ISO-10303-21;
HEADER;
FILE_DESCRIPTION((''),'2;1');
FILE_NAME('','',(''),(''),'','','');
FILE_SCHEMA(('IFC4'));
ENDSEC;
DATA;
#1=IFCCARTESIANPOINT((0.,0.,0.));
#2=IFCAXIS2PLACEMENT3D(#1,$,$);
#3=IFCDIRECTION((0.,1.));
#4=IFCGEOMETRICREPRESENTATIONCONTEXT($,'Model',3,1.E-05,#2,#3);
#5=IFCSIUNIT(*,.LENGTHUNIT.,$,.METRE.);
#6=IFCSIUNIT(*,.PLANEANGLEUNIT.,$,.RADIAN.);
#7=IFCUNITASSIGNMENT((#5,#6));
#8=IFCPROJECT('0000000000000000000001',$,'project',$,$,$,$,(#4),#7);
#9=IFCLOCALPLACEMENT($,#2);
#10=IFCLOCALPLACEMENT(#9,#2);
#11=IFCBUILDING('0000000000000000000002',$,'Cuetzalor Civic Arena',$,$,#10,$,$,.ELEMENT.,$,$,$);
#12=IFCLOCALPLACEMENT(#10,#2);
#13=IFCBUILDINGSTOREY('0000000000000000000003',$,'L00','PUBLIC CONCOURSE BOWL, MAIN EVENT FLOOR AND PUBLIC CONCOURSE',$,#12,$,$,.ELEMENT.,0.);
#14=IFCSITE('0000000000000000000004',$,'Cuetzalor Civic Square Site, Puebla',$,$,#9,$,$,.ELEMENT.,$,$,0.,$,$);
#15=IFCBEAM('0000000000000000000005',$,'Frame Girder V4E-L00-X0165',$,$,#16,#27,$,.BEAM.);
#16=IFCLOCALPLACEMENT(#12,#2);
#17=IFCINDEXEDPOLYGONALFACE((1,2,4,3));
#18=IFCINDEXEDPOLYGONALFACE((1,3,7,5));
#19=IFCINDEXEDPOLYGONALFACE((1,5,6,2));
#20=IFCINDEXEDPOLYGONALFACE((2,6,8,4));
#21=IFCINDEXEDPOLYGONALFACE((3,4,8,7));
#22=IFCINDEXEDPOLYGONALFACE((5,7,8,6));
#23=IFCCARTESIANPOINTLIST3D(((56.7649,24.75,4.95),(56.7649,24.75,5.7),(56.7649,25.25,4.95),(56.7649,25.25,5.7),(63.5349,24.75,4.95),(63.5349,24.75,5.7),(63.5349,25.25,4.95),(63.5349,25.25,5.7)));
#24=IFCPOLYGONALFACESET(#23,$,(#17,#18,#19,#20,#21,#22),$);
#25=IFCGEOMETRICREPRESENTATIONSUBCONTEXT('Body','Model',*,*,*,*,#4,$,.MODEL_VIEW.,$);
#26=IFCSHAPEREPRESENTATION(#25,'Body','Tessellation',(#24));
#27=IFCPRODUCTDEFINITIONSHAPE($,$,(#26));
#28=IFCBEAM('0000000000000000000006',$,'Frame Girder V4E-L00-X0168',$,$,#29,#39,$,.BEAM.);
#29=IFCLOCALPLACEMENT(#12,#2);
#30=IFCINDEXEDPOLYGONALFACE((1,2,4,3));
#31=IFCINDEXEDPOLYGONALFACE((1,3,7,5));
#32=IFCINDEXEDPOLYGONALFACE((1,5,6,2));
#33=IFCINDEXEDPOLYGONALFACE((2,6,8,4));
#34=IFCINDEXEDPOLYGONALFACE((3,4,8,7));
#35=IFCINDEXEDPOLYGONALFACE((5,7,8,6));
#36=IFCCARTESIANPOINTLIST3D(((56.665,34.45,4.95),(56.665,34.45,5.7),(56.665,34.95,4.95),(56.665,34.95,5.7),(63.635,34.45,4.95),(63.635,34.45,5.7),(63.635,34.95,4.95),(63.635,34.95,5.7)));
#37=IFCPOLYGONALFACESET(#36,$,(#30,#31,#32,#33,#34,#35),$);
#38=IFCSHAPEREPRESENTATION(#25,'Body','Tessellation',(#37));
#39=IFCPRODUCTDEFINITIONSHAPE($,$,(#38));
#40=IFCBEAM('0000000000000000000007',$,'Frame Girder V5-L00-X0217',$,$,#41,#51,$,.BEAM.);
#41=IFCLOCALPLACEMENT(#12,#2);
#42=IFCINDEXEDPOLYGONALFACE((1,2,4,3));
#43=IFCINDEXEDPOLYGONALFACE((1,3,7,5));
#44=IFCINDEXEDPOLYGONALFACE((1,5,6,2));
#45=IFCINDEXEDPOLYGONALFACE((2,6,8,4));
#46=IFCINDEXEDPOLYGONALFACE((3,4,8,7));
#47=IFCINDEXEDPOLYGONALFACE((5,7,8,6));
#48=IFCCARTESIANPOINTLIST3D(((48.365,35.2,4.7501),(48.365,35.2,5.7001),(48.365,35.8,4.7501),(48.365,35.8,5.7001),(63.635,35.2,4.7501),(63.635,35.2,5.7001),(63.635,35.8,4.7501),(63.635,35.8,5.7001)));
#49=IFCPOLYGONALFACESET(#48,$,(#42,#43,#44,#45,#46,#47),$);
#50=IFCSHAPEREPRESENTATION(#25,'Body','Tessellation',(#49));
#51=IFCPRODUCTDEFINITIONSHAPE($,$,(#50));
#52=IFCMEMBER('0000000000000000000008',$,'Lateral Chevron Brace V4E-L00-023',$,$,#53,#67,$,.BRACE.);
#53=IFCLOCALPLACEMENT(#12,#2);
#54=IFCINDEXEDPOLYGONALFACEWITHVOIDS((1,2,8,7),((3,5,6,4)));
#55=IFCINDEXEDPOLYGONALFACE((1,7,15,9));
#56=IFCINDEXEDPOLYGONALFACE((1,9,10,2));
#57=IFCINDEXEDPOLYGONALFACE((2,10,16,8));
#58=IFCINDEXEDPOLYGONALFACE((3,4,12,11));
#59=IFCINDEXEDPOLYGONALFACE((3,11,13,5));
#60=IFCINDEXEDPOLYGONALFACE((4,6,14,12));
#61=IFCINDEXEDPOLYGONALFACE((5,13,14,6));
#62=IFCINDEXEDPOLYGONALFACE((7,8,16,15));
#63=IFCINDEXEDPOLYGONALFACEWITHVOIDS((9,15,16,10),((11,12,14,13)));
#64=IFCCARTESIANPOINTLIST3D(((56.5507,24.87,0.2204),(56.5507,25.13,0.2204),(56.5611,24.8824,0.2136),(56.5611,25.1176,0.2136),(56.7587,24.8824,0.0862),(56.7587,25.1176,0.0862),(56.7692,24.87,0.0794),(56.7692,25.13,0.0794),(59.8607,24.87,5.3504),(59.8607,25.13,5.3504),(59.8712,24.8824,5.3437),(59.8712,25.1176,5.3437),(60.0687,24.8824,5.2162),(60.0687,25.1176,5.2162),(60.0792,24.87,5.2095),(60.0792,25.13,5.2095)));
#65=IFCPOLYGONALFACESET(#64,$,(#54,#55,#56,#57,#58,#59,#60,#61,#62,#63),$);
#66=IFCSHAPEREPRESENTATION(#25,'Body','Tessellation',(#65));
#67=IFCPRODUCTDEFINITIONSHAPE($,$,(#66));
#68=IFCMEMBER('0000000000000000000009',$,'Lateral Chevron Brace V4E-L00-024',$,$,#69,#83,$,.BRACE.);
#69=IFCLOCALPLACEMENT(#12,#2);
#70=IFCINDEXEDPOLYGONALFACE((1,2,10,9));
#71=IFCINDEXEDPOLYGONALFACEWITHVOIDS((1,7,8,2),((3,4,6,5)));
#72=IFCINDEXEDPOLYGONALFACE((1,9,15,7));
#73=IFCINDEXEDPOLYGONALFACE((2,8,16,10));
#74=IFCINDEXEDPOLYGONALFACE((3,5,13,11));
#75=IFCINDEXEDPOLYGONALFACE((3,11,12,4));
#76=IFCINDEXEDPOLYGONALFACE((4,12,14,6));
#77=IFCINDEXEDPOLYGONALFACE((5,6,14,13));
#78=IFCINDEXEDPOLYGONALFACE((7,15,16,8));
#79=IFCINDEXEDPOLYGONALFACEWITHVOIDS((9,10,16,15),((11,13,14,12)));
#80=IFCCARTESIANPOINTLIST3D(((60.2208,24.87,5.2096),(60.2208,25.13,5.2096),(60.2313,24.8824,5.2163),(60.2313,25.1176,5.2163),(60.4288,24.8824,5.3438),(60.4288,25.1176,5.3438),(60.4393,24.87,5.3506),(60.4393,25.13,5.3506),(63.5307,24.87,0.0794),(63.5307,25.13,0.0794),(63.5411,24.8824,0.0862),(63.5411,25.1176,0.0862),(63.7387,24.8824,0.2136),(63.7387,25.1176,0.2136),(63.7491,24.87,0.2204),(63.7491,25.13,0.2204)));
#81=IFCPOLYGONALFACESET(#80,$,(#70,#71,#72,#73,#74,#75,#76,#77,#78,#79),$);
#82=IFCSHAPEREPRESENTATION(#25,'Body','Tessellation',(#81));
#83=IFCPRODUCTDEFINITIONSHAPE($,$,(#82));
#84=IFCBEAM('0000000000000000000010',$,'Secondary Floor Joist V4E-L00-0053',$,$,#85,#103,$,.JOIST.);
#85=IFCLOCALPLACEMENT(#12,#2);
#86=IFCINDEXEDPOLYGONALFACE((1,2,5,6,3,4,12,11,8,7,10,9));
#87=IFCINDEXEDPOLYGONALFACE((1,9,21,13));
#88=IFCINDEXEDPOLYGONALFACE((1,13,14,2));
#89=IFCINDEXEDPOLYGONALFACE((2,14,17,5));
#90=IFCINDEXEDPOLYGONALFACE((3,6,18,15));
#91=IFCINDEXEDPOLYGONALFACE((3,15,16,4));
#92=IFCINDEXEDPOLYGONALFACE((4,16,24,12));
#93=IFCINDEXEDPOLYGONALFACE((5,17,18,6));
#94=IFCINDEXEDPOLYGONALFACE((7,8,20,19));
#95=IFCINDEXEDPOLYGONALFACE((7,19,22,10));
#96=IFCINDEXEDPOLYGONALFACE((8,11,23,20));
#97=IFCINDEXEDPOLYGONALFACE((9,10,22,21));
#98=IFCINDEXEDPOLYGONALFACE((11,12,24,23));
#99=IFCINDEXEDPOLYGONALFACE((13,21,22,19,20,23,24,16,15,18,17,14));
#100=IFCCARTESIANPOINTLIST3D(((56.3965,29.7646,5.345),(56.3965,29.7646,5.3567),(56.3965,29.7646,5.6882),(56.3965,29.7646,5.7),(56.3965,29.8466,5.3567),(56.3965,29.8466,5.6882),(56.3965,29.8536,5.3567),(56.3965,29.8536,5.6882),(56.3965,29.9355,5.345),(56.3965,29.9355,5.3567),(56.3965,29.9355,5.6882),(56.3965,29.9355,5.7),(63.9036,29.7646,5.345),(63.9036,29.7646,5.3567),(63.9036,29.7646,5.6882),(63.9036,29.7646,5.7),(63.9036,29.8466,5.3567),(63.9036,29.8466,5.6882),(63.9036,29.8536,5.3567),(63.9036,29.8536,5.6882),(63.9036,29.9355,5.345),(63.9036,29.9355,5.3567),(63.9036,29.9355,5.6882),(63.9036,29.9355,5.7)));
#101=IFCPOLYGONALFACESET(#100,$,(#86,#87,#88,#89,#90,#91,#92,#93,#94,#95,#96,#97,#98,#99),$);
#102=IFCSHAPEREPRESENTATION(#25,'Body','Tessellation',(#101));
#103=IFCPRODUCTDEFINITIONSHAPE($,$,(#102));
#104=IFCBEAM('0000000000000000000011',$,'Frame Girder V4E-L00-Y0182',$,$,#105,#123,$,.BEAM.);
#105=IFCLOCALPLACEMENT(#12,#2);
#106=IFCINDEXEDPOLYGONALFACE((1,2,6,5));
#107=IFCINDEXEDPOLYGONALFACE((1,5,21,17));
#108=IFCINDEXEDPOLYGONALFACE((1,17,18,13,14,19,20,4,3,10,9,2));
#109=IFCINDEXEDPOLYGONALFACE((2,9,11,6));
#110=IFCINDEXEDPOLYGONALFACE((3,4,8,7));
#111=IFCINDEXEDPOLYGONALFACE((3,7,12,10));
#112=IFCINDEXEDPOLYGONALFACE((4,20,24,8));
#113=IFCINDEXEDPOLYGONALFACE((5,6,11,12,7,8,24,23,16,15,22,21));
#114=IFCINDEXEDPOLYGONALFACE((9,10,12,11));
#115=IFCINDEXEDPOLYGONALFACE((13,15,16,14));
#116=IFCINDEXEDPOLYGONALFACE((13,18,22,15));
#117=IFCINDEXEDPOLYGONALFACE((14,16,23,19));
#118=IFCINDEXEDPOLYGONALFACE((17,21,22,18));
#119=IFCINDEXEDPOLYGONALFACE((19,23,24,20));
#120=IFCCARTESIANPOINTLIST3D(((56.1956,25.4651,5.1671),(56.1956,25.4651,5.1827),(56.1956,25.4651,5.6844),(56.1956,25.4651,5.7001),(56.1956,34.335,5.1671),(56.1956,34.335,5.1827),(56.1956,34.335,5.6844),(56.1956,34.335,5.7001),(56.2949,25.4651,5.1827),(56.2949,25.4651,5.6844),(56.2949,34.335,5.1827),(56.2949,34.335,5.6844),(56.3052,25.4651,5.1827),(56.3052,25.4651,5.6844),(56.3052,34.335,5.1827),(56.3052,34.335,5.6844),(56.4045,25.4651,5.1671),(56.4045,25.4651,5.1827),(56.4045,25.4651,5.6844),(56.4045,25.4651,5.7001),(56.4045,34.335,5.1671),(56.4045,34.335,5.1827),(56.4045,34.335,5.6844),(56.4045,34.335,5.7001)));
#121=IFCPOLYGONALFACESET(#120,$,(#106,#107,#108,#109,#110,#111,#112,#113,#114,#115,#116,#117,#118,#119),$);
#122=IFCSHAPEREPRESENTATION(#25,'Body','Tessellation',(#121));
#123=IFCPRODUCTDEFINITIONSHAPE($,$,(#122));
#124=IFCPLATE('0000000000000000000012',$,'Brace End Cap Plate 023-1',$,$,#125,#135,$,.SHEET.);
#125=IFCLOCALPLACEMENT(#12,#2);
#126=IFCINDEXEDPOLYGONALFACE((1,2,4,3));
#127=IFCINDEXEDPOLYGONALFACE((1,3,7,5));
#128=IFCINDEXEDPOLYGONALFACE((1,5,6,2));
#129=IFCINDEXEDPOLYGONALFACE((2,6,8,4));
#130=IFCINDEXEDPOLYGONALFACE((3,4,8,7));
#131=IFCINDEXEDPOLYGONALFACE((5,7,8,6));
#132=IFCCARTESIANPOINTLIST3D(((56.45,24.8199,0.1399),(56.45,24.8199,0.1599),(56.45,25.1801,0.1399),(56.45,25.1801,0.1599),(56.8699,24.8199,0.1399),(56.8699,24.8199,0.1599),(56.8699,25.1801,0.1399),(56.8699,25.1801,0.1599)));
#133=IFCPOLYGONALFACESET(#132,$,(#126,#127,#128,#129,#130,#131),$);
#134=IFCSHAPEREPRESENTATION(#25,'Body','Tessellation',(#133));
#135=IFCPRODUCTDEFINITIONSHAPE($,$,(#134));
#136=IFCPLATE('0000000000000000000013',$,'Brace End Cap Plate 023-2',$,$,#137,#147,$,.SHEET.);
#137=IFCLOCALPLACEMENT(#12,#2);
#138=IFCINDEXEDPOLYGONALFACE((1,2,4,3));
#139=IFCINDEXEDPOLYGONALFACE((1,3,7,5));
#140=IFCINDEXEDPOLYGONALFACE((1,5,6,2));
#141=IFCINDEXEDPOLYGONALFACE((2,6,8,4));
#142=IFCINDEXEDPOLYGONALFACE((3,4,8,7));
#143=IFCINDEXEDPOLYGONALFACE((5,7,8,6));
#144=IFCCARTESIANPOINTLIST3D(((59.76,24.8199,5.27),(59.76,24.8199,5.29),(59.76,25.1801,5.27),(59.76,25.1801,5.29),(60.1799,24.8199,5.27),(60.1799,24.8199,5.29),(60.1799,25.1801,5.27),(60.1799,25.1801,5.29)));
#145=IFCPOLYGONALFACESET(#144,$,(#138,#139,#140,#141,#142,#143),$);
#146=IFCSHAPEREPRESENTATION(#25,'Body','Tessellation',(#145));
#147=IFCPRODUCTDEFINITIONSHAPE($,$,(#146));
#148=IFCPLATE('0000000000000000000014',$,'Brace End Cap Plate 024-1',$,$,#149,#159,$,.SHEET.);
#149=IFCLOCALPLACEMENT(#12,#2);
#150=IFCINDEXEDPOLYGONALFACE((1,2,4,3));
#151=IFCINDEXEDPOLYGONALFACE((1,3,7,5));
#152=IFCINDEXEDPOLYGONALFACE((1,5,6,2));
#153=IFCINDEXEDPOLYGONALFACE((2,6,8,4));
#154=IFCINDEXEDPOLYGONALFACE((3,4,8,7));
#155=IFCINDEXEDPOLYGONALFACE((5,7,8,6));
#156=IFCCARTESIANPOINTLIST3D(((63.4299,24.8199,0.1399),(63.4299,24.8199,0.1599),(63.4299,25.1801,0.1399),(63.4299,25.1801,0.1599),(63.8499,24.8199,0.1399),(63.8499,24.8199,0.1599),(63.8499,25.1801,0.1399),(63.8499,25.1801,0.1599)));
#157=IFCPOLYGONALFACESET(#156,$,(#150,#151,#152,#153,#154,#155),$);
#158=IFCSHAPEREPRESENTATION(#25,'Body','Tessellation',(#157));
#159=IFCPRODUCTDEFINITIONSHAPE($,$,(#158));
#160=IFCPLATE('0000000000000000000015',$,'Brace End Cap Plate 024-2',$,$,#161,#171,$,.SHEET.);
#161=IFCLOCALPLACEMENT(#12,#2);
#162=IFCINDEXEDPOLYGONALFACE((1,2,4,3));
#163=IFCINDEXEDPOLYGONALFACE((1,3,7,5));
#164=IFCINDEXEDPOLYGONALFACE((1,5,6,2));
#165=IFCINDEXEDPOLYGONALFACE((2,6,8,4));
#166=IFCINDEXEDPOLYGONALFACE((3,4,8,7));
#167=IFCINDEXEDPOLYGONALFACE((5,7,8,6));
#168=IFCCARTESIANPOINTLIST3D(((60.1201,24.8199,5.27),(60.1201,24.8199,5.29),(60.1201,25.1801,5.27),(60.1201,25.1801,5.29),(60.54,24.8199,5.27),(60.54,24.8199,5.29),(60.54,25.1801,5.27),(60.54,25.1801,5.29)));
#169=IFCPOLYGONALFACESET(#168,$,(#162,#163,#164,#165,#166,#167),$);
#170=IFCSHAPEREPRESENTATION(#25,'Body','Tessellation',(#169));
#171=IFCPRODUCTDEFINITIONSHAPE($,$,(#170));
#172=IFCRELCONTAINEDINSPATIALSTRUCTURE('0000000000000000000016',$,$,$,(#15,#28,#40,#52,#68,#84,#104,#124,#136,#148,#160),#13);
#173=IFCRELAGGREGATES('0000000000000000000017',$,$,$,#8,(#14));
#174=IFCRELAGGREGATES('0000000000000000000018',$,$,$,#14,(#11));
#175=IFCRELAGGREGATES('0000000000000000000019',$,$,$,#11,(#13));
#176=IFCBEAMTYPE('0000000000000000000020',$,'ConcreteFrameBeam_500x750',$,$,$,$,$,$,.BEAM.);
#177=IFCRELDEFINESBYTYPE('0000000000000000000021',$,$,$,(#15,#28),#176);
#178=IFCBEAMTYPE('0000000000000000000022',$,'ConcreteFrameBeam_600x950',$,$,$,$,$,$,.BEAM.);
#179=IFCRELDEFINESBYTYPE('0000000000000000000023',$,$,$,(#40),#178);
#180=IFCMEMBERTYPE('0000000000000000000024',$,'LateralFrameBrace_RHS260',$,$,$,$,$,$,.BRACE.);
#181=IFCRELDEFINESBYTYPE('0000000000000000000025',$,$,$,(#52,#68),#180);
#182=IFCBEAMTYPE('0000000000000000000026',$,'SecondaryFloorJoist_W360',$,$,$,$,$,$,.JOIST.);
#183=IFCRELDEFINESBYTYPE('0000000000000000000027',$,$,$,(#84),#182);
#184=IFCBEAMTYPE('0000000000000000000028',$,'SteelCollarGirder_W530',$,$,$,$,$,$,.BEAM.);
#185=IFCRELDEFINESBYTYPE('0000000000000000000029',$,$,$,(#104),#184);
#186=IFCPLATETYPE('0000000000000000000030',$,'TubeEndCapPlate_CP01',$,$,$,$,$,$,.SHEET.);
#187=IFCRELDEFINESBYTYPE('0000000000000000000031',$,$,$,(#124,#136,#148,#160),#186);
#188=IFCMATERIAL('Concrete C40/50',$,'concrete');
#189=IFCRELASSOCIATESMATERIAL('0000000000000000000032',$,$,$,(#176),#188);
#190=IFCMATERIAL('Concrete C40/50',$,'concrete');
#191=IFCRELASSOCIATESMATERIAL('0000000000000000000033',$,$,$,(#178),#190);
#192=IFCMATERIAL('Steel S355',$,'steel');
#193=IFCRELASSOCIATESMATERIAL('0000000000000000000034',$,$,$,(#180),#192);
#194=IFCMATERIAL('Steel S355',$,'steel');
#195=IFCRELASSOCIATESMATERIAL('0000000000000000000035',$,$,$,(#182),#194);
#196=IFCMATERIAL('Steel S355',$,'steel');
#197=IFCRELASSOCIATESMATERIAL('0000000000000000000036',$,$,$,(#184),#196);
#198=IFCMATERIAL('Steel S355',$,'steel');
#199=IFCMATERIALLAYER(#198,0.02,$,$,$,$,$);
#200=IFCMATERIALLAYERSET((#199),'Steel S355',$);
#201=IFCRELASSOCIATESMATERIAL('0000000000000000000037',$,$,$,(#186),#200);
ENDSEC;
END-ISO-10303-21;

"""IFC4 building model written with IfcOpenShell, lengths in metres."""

from ifc_helpers import new_model, si_unit, direction, frame, origin, origin_2d, place, context, subcontext, project, spatial, rectangle, hollow_rectangle, i_section, extrude, material, layer, layer_set, material_profile, profile_set, type_object, element, save


model = new_model("IFC4")

# Units and contexts
model_context = context("Model", 3, precision=1e-05, world=origin(), true_north=direction((0.0, 1.0)))
body_context = subcontext(model_context, "Body", "Model", "MODEL_VIEW")
ifc_project = project(units=[si_unit("LENGTHUNIT", "METRE"), si_unit("PLANEANGLEUNIT", "RADIAN")], contexts=[model_context])

# Site, building, storey
site_placement = place(None, origin())
site = spatial("IfcSite", under=ifc_project, at=site_placement, Name="Cuetzalor Civic Square Site, Puebla", CompositionType="ELEMENT", RefElevation=0.0)
building_placement = place(site_placement, origin())
building = spatial("IfcBuilding", under=site, at=building_placement, Name="Cuetzalor Civic Arena", CompositionType="ELEMENT")
storey_placement = place(building_placement, origin())
storey = spatial("IfcBuildingStorey", under=building, at=storey_placement, Name="L00", Description="PUBLIC CONCOURSE BOWL, MAIN EVENT FLOOR AND PUBLIC CONCOURSE", CompositionType="ELEMENT", Elevation=0.0)

# Beams
ifc_material_1 = material(Name="Concrete C40/50", Category="concrete")
ifc_material_profile_1 = material_profile(ifc_material_1, rectangle(XDim=0.5, YDim=0.75, at=origin_2d()), Name="RC 500x750")
ifc_profile_set_1 = profile_set([ifc_material_profile_1], Name="Concrete C40/50")
beam_type_1 = type_object("IfcBeamType", Name="ConcreteFrameBeam_500x750", PredefinedType="BEAM", material=ifc_profile_set_1)
beam_1_placement = place(storey_placement, frame((56.7649, 25.0, 5.325), z_axis=(1.0, 0.0, 0.0), x_axis=(0.0, 1.0, 0.0)))
element("IfcBeam", 1, at=beam_1_placement, inside=storey, type_object=beam_type_1, Name="Frame Girder V4E-L00-X0165", PredefinedType="BEAM", context=body_context, shape_type="SweptSolid", body=[
    extrude(rectangle(XDim=0.5, YDim=0.75, at=origin_2d()), origin(), (0.0, 0.0, 1.0), 6.77),
])
beam_2_placement = place(storey_placement, frame((56.665, 34.7, 5.325), z_axis=(1.0, 0.0, 0.0), x_axis=(0.0, 1.0, 0.0)))
element("IfcBeam", 2, at=beam_2_placement, inside=storey, type_object=beam_type_1, Name="Frame Girder V4E-L00-X0168", PredefinedType="BEAM", context=body_context, shape_type="SweptSolid", body=[
    extrude(rectangle(XDim=0.5, YDim=0.75, at=origin_2d()), origin(), (0.0, 0.0, 1.0), 6.97),
])
ifc_material_2 = material(Name="Concrete C40/50", Category="concrete")
ifc_material_profile_2 = material_profile(ifc_material_2, rectangle(XDim=0.6001, YDim=0.95, at=origin_2d()), Name="RC 600x950")
ifc_profile_set_2 = profile_set([ifc_material_profile_2], Name="Concrete C40/50")
beam_type_2 = type_object("IfcBeamType", Name="ConcreteFrameBeam_600x950", PredefinedType="BEAM", material=ifc_profile_set_2)
beam_3_placement = place(storey_placement, frame((48.365, 35.5, 5.2251), z_axis=(1.0, 0.0, 0.0), x_axis=(0.0, 1.0, 0.0)))
element("IfcBeam", 3, at=beam_3_placement, inside=storey, type_object=beam_type_2, Name="Frame Girder V5-L00-X0217", PredefinedType="BEAM", context=body_context, shape_type="SweptSolid", body=[
    extrude(rectangle(XDim=0.6001, YDim=0.95, at=origin_2d()), origin(), (0.0, 0.0, 1.0), 15.27),
])

# Members
ifc_material_3 = material(Name="Steel S355", Category="steel")
ifc_material_profile_3 = material_profile(ifc_material_3, hollow_rectangle(XDim=0.26, YDim=0.26, WallThickness=0.0125, at=origin_2d()), Name="RHS 260x260x12.5")
ifc_profile_set_3 = profile_set([ifc_material_profile_3], Name="Steel S355")
member_type = type_object("IfcMemberType", Name="LateralFrameBrace_RHS260", PredefinedType="BRACE", material=ifc_profile_set_3)
for number, where, z_axis, x_axis, name in (
    (4, (56.6599, 25.0, 0.1499), (0.542161, 0.0, 0.840274), (0.0, 1.0, 0.0), "Lateral Chevron Brace V4E-L00-023"),
    (5, (63.6399, 25.0, 0.1499), (-0.542133, 0.0, 0.840293), (0.0, -1.0, 0.0), "Lateral Chevron Brace V4E-L00-024"),
):
    element("IfcMember", number, at=place(storey_placement, frame(where, z_axis=z_axis, x_axis=x_axis)), inside=storey, type_object=member_type, Name=name, PredefinedType="BRACE", context=body_context, shape_type="SweptSolid", body=[
        extrude(hollow_rectangle(XDim=0.26, YDim=0.26, WallThickness=0.0125, at=origin_2d()), origin(), (0.0, 0.0, 1.0), 6.1052),
    ])

# Beams
ifc_material_4 = material(Name="Steel S355", Category="steel")
ifc_material_profile_4 = material_profile(ifc_material_4, i_section(OverallWidth=0.1709, OverallDepth=0.355, WebThickness=0.0071, FlangeThickness=0.0117, at=origin_2d()), Name="W360x51")
ifc_profile_set_4 = profile_set([ifc_material_profile_4], Name="Steel S355")
beam_type_3 = type_object("IfcBeamType", Name="SecondaryFloorJoist_W360", PredefinedType="JOIST", material=ifc_profile_set_4)
beam_4_placement = place(storey_placement, frame((56.3965, 29.8501, 5.5225), z_axis=(1.0, 0.0, 0.0), x_axis=(0.0, 1.0, 0.0)))
element("IfcBeam", 6, at=beam_4_placement, inside=storey, type_object=beam_type_3, Name="Secondary Floor Joist V4E-L00-0053", PredefinedType="JOIST", context=body_context, shape_type="SweptSolid", body=[
    extrude(i_section(OverallWidth=0.1709, OverallDepth=0.355, WebThickness=0.0071, FlangeThickness=0.0117, at=origin_2d()), origin(), (0.0, 0.0, 1.0), 7.5071),
])
ifc_material_5 = material(Name="Steel S355", Category="steel")
ifc_material_profile_5 = material_profile(ifc_material_5, i_section(OverallWidth=0.209, OverallDepth=0.533, WebThickness=0.0103, FlangeThickness=0.0156, at=origin_2d()), Name="W530x92")
ifc_profile_set_5 = profile_set([ifc_material_profile_5], Name="Steel S355")
beam_type_4 = type_object("IfcBeamType", Name="SteelCollarGirder_W530", PredefinedType="BEAM", material=ifc_profile_set_5)
beam_5_placement = place(storey_placement, frame((56.3, 25.4651, 5.4336), z_axis=(0.0, 1.0, 0.0), x_axis=(-1.0, 0.0, 0.0)))
element("IfcBeam", 7, at=beam_5_placement, inside=storey, type_object=beam_type_4, Name="Frame Girder V4E-L00-Y0182", PredefinedType="BEAM", context=body_context, shape_type="SweptSolid", body=[
    extrude(i_section(OverallWidth=0.209, OverallDepth=0.533, WebThickness=0.0103, FlangeThickness=0.0156, at=origin_2d()), origin(), (0.0, 0.0, 1.0), 8.8699),
])

# Plates
ifc_material_6 = material(Name="Steel S355", Category="steel")
ifc_layer = layer(ifc_material_6, 0.02)
ifc_layer_set = layer_set([ifc_layer], Name="Steel S355")
plate_type = type_object("IfcPlateType", Name="TubeEndCapPlate_CP01", PredefinedType="SHEET", material=ifc_layer_set)
for number, where, z_axis, x_axis, name in (
    (8, (56.6599, 25.0, 0.1399), (0.0, 0.0, 1.0), (1.0, 0.0, 0.0), "Brace End Cap Plate 023-1"),
    (9, (59.97, 25.0, 5.27), (0.0, 0.0, 1.0), (1.0, 0.0, 0.0), "Brace End Cap Plate 023-2"),
    (10, (63.6399, 25.0, 0.1399), (0.0, 0.0, 1.0), (1.0, 0.0, 0.0), "Brace End Cap Plate 024-1"),
    (11, (60.3301, 25.0, 5.27), (0.0, 0.0, 1.0), (1.0, 0.0, 0.0), "Brace End Cap Plate 024-2"),
):
    element("IfcPlate", number, at=place(storey_placement, frame(where, z_axis=z_axis, x_axis=x_axis)), inside=storey, type_object=plate_type, Name=name, PredefinedType="SHEET", context=body_context, shape_type="SweptSolid", body=[
        extrude(rectangle(XDim=0.4199, YDim=0.3601, at=origin_2d()), origin(), (0.0, 0.0, 1.0), 0.02),
    ])

save(model, "model.ifc")
